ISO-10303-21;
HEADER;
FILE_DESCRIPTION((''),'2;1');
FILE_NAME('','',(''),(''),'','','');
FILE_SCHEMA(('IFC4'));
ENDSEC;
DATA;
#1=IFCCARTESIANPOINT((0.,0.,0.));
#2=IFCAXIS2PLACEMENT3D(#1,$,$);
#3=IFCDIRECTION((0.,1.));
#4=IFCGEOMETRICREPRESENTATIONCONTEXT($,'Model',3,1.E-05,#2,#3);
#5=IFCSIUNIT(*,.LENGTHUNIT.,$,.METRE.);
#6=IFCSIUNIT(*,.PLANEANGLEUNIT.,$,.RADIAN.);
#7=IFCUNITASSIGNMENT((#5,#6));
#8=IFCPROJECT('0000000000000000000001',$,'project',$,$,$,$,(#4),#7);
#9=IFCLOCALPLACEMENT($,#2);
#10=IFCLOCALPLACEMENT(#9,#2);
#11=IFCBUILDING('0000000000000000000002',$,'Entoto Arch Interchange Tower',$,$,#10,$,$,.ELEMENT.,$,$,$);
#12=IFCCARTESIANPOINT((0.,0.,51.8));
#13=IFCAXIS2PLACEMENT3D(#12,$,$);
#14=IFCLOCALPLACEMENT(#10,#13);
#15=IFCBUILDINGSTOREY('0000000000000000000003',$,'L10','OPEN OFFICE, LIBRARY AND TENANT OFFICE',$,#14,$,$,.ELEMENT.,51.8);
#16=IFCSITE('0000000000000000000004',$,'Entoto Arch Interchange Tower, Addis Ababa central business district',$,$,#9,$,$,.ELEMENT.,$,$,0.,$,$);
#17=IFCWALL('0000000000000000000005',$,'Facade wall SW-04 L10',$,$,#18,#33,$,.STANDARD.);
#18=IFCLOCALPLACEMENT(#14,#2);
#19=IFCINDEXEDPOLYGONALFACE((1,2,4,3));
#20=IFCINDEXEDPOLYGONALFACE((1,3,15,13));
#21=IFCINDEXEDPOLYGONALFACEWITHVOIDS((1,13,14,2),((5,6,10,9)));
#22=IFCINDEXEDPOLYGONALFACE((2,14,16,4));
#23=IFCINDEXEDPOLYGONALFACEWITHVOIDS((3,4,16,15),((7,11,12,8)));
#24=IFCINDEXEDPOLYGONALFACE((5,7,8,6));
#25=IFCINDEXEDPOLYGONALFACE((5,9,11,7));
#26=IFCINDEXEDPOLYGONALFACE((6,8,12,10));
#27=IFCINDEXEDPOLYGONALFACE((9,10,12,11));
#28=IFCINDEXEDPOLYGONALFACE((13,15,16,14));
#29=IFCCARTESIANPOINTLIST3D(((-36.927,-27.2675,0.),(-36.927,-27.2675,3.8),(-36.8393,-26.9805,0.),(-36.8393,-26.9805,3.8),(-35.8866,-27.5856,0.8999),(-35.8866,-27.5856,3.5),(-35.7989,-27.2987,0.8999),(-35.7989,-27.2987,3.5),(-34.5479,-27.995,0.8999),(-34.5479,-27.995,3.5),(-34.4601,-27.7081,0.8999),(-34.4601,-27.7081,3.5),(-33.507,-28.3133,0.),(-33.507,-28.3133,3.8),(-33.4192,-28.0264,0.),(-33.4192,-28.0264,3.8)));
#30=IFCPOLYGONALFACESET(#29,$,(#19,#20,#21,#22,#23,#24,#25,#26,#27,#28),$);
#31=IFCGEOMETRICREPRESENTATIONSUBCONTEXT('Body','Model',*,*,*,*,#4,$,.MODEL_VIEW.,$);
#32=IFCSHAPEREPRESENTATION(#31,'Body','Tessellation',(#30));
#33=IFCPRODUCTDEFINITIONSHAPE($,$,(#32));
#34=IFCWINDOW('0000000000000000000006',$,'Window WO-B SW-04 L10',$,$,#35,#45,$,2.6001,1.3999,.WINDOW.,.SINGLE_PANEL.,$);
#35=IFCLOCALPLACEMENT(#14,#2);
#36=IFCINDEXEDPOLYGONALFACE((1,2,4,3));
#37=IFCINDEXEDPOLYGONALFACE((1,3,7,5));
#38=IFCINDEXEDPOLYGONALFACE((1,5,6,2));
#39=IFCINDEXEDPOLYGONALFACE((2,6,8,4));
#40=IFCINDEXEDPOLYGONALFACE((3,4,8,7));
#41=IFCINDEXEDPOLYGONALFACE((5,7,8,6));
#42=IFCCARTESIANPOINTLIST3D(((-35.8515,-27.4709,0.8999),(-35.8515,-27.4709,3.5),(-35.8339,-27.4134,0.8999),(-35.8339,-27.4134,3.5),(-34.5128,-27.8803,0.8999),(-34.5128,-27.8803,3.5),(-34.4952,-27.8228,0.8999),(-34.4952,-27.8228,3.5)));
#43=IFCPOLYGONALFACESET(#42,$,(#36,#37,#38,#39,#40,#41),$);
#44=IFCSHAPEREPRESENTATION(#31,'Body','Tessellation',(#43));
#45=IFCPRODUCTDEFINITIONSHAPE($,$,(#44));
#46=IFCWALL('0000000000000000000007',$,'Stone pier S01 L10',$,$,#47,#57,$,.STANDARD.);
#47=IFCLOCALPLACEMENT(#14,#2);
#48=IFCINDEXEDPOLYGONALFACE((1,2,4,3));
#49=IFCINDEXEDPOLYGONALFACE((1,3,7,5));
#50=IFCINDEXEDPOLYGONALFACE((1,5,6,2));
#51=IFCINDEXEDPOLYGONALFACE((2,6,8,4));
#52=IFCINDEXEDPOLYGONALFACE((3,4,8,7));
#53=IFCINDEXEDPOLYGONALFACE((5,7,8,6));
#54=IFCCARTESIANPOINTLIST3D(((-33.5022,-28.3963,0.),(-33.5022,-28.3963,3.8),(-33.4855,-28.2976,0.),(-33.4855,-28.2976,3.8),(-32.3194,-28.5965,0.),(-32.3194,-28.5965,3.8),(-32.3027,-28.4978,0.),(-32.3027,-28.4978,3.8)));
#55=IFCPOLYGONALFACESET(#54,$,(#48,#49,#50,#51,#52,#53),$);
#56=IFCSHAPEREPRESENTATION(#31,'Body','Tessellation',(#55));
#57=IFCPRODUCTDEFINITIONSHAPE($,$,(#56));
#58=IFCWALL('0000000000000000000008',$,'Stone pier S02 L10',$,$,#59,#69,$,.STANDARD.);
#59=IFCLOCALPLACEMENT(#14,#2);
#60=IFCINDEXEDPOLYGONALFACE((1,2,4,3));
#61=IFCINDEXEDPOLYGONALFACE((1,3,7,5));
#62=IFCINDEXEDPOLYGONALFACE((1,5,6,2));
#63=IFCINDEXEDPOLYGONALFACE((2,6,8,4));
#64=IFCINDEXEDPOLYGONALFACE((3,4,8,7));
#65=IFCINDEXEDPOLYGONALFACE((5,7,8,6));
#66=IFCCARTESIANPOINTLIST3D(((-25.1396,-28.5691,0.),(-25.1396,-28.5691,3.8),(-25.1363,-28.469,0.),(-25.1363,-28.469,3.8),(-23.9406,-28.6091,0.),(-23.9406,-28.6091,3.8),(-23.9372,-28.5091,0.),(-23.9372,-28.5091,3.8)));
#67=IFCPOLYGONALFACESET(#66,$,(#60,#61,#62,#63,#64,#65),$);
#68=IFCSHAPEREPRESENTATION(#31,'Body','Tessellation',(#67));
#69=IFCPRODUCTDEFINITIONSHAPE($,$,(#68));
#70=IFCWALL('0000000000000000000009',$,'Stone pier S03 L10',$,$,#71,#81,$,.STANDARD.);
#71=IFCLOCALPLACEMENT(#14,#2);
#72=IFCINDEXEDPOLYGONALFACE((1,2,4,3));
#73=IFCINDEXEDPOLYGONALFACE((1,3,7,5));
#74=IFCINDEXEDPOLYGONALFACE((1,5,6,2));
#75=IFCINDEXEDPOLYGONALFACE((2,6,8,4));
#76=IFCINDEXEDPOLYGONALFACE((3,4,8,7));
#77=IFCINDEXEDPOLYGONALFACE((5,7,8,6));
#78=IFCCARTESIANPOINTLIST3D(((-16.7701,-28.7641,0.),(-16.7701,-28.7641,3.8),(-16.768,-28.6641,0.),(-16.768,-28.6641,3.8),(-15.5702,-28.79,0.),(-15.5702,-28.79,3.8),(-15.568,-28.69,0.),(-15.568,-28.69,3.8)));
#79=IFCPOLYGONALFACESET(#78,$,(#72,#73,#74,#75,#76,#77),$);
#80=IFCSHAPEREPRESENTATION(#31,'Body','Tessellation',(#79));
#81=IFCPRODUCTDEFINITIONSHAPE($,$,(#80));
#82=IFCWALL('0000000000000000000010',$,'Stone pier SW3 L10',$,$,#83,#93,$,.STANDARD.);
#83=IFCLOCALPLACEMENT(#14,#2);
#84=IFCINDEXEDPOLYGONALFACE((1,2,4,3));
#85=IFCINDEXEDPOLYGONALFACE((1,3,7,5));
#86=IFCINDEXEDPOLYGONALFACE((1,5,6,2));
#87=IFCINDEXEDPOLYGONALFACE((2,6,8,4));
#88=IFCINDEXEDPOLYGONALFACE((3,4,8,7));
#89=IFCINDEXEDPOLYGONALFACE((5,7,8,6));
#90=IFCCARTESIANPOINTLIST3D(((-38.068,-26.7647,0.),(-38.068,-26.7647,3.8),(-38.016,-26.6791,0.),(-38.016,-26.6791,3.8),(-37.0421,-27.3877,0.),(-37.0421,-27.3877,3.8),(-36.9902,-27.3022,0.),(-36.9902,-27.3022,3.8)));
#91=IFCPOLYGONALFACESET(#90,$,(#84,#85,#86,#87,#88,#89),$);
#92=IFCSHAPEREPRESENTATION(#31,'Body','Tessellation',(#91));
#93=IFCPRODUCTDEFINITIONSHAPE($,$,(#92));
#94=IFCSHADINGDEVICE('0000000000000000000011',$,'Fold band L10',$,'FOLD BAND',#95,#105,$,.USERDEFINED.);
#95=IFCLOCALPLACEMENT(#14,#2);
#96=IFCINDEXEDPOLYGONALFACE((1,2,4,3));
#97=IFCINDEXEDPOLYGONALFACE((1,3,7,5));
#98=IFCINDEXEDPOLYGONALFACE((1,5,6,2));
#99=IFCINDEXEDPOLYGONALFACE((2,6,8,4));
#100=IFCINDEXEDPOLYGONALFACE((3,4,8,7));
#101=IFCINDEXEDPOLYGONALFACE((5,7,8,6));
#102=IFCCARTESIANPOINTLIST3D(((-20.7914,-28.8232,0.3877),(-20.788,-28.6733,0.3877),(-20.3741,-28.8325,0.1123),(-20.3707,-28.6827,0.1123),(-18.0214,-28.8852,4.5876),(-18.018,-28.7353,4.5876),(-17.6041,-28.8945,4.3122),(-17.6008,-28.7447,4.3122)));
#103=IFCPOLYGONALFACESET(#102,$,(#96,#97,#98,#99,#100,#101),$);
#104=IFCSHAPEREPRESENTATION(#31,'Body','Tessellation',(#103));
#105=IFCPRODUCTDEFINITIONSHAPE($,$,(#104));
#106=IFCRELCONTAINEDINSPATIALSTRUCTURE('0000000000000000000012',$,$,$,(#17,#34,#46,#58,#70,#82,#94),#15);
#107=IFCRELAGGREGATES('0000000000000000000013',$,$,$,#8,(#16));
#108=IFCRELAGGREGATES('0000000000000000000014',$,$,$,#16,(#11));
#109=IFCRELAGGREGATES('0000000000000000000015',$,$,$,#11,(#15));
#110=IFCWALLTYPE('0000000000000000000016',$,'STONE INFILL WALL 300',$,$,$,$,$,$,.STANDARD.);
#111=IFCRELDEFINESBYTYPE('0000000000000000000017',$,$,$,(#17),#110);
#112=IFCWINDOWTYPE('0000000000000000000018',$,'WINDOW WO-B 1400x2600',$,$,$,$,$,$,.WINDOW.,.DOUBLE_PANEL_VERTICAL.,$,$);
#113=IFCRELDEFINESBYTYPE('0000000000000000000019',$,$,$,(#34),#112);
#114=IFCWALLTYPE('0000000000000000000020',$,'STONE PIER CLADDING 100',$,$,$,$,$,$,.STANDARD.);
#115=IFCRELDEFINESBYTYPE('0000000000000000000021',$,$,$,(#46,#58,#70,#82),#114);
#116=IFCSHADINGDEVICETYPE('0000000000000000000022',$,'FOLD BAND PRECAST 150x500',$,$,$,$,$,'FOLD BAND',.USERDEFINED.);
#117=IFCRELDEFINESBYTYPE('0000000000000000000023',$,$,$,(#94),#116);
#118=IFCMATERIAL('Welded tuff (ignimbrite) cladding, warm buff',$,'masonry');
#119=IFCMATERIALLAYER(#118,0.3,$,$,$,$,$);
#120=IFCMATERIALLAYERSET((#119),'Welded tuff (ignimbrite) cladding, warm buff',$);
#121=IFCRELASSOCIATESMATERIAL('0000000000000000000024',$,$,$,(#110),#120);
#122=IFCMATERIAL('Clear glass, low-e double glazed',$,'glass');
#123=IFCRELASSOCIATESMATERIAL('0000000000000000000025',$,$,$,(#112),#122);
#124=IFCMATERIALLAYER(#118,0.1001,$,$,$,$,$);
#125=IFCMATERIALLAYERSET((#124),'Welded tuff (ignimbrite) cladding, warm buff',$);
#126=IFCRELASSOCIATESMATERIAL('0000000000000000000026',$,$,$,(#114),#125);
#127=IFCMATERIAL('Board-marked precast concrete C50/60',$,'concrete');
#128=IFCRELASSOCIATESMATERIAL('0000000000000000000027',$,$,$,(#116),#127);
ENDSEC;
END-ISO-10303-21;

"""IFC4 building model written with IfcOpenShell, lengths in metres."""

from ifc_helpers import new_model, si_unit, direction, frame, frame_2d, origin, origin_2d, place, context, subcontext, project, spatial, rectangle, extrude, material, layer, layer_set, material_profile, profile_set, type_object, element, fill, save


model = new_model("IFC4")

# Units and contexts
model_context = context("Model", 3, precision=1e-05, world=origin(), true_north=direction((0.0, 1.0)))
body_context = subcontext(model_context, "Body", "Model", "MODEL_VIEW")
ifc_project = project(units=[si_unit("LENGTHUNIT", "METRE"), si_unit("PLANEANGLEUNIT", "RADIAN")], contexts=[model_context])

# Site, building, storey
site_placement = place(None, origin())
site = spatial("IfcSite", under=ifc_project, at=site_placement, Name="Entoto Arch Interchange Tower, Addis Ababa central business district", CompositionType="ELEMENT", RefElevation=0.0)
building_placement = place(site_placement, origin())
building = spatial("IfcBuilding", under=site, at=building_placement, Name="Entoto Arch Interchange Tower", CompositionType="ELEMENT")
storey_placement = place(building_placement, frame((0.0, 0.0, 51.8)))
storey = spatial("IfcBuildingStorey", under=building, at=storey_placement, Name="L10", Description="OPEN OFFICE, LIBRARY AND TENANT OFFICE", CompositionType="ELEMENT", Elevation=51.8)

# Shared definitions
ifc_material_1 = material(Name="Welded tuff (ignimbrite) cladding, warm buff", Category="masonry")
ifc_layer_1 = layer(ifc_material_1, 0.3)
ifc_layer_set_1 = layer_set([ifc_layer_1], Name="Welded tuff (ignimbrite) cladding, warm buff")
wall_type_1 = type_object("IfcWallType", Name="STONE INFILL WALL 300", PredefinedType="STANDARD", material=ifc_layer_set_1)
ifc_material_2 = material(Name="Clear glass, low-e double glazed", Category="glass")

# Wall, opening, window
window_type_1 = type_object("IfcWindowType", Name="WINDOW WO-B 1400x2600", PartitioningType="DOUBLE_PANEL_VERTICAL", PredefinedType="WINDOW", material=ifc_material_2)
wall_1_placement = place(storey_placement, frame((-36.8831, -27.124, 0.0), z_axis=(0.0, 0.0, 1.0), x_axis=(0.956285, -0.292435, 0.0)))
wall_1 = element("IfcWall", 1, at=wall_1_placement, inside=storey, type_object=wall_type_1, Name="Facade wall SW-04 L10", PredefinedType="STANDARD", context=body_context, shape_type="SweptSolid", body=[
    extrude(rectangle(XDim=3.5764, YDim=0.3, at=frame_2d((1.7881, 0.0))), origin(), (0.0, 0.0, 1.0), 3.8),
])
opening_1_placement = place(wall_1_placement, frame((1.0879, 0.0, 0.8999)))
opening_1 = element("IfcOpeningElement", 2, at=opening_1_placement, cuts=wall_1, PredefinedType="OPENING", context=body_context, shape_type="SweptSolid", body=[
    extrude(rectangle(XDim=1.3999, YDim=2.6001, at=frame_2d((0.7, 1.3))), frame((0.0, 0.1602, 0.0), z_axis=(0.0, -1.0, 0.0), x_axis=(1.0, 0.0, 0.0)), (0.0, 0.0, 1.0), 0.3201),
])
window_1_placement = place(opening_1_placement, origin())
window_1 = element("IfcWindow", 3, at=window_1_placement, inside=storey, type_object=window_type_1, Name="Window WO-B SW-04 L10", OverallHeight=2.6001, OverallWidth=1.3999, PartitioningType="SINGLE_PANEL", PredefinedType="WINDOW", context=body_context, shape_type="SweptSolid", body=[
    extrude(rectangle(XDim=1.3999, YDim=2.6001, at=frame_2d((0.7, 1.3))), frame((0.0, 0.03, 0.0), z_axis=(0.0, -1.0, 0.0), x_axis=(1.0, 0.0, 0.0)), (0.0, 0.0, 1.0), 0.0601),
])
fill(opening_1, window_1)

# Walls
ifc_layer_2 = layer(ifc_material_1, 0.1001)
ifc_layer_set_2 = layer_set([ifc_layer_2], Name="Welded tuff (ignimbrite) cladding, warm buff")
wall_type_2 = type_object("IfcWallType", Name="STONE PIER CLADDING 100", PredefinedType="STANDARD", material=ifc_layer_set_2)
for number, where, z_axis, x_axis, name in (
    (4, (-33.4939, -28.3469, 0.0), (0.0, 0.0, 1.0), (0.985978, -0.166874, 0.0), "Stone pier S01 L10"),
    (5, (-25.1379, -28.519, 0.0), (0.0, 0.0, 1.0), (0.999443, -0.033376, 0.0), "Stone pier S02 L10"),
):
    element("IfcWall", number, at=place(storey_placement, frame(where, z_axis=z_axis, x_axis=x_axis)), inside=storey, type_object=wall_type_2, Name=name, PredefinedType="STANDARD", context=body_context, shape_type="SweptSolid", body=[
        extrude(rectangle(XDim=1.1997, YDim=0.1001, at=frame_2d((0.5999, 0.0))), origin(), (0.0, 0.0, 1.0), 3.8),
    ])
for number, where, z_axis, x_axis, name in (
    (6, (-16.769, -28.7141, 0.0), (0.0, 0.0, 1.0), (0.999768, -0.021562, 0.0), "Stone pier S03 L10"),
    (7, (-38.042, -26.7219, 0.0), (0.0, 0.0, 1.0), (0.854717, -0.519095, 0.0), "Stone pier SW3 L10"),
):
    element("IfcWall", number, at=place(storey_placement, frame(where, z_axis=z_axis, x_axis=x_axis)), inside=storey, type_object=wall_type_2, Name=name, PredefinedType="STANDARD", context=body_context, shape_type="SweptSolid", body=[
        extrude(rectangle(XDim=1.2002, YDim=0.1001, at=frame_2d((0.6001, 0.0))), origin(), (0.0, 0.0, 1.0), 3.8),
    ])

# Shading device
ifc_material_3 = material(Name="Board-marked precast concrete C50/60", Category="concrete")
ifc_material_profile_1 = material_profile(ifc_material_3, rectangle(XDim=0.1499, YDim=0.5, at=origin_2d()))
ifc_profile_set_1 = profile_set([ifc_material_profile_1], Name="Board-marked precast concrete C50/60")
shading_device_type = type_object("IfcShadingDeviceType", Name="FOLD BAND PRECAST 150x500", ElementType="FOLD BAND", PredefinedType="USERDEFINED", material=ifc_profile_set_1)
shading_device_placement = place(storey_placement, frame((-20.5811, -28.7529, 0.25), z_axis=(0.550531, -0.012325, 0.834724), x_axis=(0.022381, 0.99975, 0.0)))
element("IfcShadingDevice", 8, at=shading_device_placement, inside=storey, type_object=shading_device_type, Name="Fold band L10", ObjectType="FOLD BAND", PredefinedType="USERDEFINED", context=body_context, shape_type="SweptSolid", body=[
    extrude(rectangle(XDim=0.1499, YDim=0.5, at=origin_2d()), origin(), (0.0, 0.0, 1.0), 5.0315),
])

save(model, "model.ifc")
